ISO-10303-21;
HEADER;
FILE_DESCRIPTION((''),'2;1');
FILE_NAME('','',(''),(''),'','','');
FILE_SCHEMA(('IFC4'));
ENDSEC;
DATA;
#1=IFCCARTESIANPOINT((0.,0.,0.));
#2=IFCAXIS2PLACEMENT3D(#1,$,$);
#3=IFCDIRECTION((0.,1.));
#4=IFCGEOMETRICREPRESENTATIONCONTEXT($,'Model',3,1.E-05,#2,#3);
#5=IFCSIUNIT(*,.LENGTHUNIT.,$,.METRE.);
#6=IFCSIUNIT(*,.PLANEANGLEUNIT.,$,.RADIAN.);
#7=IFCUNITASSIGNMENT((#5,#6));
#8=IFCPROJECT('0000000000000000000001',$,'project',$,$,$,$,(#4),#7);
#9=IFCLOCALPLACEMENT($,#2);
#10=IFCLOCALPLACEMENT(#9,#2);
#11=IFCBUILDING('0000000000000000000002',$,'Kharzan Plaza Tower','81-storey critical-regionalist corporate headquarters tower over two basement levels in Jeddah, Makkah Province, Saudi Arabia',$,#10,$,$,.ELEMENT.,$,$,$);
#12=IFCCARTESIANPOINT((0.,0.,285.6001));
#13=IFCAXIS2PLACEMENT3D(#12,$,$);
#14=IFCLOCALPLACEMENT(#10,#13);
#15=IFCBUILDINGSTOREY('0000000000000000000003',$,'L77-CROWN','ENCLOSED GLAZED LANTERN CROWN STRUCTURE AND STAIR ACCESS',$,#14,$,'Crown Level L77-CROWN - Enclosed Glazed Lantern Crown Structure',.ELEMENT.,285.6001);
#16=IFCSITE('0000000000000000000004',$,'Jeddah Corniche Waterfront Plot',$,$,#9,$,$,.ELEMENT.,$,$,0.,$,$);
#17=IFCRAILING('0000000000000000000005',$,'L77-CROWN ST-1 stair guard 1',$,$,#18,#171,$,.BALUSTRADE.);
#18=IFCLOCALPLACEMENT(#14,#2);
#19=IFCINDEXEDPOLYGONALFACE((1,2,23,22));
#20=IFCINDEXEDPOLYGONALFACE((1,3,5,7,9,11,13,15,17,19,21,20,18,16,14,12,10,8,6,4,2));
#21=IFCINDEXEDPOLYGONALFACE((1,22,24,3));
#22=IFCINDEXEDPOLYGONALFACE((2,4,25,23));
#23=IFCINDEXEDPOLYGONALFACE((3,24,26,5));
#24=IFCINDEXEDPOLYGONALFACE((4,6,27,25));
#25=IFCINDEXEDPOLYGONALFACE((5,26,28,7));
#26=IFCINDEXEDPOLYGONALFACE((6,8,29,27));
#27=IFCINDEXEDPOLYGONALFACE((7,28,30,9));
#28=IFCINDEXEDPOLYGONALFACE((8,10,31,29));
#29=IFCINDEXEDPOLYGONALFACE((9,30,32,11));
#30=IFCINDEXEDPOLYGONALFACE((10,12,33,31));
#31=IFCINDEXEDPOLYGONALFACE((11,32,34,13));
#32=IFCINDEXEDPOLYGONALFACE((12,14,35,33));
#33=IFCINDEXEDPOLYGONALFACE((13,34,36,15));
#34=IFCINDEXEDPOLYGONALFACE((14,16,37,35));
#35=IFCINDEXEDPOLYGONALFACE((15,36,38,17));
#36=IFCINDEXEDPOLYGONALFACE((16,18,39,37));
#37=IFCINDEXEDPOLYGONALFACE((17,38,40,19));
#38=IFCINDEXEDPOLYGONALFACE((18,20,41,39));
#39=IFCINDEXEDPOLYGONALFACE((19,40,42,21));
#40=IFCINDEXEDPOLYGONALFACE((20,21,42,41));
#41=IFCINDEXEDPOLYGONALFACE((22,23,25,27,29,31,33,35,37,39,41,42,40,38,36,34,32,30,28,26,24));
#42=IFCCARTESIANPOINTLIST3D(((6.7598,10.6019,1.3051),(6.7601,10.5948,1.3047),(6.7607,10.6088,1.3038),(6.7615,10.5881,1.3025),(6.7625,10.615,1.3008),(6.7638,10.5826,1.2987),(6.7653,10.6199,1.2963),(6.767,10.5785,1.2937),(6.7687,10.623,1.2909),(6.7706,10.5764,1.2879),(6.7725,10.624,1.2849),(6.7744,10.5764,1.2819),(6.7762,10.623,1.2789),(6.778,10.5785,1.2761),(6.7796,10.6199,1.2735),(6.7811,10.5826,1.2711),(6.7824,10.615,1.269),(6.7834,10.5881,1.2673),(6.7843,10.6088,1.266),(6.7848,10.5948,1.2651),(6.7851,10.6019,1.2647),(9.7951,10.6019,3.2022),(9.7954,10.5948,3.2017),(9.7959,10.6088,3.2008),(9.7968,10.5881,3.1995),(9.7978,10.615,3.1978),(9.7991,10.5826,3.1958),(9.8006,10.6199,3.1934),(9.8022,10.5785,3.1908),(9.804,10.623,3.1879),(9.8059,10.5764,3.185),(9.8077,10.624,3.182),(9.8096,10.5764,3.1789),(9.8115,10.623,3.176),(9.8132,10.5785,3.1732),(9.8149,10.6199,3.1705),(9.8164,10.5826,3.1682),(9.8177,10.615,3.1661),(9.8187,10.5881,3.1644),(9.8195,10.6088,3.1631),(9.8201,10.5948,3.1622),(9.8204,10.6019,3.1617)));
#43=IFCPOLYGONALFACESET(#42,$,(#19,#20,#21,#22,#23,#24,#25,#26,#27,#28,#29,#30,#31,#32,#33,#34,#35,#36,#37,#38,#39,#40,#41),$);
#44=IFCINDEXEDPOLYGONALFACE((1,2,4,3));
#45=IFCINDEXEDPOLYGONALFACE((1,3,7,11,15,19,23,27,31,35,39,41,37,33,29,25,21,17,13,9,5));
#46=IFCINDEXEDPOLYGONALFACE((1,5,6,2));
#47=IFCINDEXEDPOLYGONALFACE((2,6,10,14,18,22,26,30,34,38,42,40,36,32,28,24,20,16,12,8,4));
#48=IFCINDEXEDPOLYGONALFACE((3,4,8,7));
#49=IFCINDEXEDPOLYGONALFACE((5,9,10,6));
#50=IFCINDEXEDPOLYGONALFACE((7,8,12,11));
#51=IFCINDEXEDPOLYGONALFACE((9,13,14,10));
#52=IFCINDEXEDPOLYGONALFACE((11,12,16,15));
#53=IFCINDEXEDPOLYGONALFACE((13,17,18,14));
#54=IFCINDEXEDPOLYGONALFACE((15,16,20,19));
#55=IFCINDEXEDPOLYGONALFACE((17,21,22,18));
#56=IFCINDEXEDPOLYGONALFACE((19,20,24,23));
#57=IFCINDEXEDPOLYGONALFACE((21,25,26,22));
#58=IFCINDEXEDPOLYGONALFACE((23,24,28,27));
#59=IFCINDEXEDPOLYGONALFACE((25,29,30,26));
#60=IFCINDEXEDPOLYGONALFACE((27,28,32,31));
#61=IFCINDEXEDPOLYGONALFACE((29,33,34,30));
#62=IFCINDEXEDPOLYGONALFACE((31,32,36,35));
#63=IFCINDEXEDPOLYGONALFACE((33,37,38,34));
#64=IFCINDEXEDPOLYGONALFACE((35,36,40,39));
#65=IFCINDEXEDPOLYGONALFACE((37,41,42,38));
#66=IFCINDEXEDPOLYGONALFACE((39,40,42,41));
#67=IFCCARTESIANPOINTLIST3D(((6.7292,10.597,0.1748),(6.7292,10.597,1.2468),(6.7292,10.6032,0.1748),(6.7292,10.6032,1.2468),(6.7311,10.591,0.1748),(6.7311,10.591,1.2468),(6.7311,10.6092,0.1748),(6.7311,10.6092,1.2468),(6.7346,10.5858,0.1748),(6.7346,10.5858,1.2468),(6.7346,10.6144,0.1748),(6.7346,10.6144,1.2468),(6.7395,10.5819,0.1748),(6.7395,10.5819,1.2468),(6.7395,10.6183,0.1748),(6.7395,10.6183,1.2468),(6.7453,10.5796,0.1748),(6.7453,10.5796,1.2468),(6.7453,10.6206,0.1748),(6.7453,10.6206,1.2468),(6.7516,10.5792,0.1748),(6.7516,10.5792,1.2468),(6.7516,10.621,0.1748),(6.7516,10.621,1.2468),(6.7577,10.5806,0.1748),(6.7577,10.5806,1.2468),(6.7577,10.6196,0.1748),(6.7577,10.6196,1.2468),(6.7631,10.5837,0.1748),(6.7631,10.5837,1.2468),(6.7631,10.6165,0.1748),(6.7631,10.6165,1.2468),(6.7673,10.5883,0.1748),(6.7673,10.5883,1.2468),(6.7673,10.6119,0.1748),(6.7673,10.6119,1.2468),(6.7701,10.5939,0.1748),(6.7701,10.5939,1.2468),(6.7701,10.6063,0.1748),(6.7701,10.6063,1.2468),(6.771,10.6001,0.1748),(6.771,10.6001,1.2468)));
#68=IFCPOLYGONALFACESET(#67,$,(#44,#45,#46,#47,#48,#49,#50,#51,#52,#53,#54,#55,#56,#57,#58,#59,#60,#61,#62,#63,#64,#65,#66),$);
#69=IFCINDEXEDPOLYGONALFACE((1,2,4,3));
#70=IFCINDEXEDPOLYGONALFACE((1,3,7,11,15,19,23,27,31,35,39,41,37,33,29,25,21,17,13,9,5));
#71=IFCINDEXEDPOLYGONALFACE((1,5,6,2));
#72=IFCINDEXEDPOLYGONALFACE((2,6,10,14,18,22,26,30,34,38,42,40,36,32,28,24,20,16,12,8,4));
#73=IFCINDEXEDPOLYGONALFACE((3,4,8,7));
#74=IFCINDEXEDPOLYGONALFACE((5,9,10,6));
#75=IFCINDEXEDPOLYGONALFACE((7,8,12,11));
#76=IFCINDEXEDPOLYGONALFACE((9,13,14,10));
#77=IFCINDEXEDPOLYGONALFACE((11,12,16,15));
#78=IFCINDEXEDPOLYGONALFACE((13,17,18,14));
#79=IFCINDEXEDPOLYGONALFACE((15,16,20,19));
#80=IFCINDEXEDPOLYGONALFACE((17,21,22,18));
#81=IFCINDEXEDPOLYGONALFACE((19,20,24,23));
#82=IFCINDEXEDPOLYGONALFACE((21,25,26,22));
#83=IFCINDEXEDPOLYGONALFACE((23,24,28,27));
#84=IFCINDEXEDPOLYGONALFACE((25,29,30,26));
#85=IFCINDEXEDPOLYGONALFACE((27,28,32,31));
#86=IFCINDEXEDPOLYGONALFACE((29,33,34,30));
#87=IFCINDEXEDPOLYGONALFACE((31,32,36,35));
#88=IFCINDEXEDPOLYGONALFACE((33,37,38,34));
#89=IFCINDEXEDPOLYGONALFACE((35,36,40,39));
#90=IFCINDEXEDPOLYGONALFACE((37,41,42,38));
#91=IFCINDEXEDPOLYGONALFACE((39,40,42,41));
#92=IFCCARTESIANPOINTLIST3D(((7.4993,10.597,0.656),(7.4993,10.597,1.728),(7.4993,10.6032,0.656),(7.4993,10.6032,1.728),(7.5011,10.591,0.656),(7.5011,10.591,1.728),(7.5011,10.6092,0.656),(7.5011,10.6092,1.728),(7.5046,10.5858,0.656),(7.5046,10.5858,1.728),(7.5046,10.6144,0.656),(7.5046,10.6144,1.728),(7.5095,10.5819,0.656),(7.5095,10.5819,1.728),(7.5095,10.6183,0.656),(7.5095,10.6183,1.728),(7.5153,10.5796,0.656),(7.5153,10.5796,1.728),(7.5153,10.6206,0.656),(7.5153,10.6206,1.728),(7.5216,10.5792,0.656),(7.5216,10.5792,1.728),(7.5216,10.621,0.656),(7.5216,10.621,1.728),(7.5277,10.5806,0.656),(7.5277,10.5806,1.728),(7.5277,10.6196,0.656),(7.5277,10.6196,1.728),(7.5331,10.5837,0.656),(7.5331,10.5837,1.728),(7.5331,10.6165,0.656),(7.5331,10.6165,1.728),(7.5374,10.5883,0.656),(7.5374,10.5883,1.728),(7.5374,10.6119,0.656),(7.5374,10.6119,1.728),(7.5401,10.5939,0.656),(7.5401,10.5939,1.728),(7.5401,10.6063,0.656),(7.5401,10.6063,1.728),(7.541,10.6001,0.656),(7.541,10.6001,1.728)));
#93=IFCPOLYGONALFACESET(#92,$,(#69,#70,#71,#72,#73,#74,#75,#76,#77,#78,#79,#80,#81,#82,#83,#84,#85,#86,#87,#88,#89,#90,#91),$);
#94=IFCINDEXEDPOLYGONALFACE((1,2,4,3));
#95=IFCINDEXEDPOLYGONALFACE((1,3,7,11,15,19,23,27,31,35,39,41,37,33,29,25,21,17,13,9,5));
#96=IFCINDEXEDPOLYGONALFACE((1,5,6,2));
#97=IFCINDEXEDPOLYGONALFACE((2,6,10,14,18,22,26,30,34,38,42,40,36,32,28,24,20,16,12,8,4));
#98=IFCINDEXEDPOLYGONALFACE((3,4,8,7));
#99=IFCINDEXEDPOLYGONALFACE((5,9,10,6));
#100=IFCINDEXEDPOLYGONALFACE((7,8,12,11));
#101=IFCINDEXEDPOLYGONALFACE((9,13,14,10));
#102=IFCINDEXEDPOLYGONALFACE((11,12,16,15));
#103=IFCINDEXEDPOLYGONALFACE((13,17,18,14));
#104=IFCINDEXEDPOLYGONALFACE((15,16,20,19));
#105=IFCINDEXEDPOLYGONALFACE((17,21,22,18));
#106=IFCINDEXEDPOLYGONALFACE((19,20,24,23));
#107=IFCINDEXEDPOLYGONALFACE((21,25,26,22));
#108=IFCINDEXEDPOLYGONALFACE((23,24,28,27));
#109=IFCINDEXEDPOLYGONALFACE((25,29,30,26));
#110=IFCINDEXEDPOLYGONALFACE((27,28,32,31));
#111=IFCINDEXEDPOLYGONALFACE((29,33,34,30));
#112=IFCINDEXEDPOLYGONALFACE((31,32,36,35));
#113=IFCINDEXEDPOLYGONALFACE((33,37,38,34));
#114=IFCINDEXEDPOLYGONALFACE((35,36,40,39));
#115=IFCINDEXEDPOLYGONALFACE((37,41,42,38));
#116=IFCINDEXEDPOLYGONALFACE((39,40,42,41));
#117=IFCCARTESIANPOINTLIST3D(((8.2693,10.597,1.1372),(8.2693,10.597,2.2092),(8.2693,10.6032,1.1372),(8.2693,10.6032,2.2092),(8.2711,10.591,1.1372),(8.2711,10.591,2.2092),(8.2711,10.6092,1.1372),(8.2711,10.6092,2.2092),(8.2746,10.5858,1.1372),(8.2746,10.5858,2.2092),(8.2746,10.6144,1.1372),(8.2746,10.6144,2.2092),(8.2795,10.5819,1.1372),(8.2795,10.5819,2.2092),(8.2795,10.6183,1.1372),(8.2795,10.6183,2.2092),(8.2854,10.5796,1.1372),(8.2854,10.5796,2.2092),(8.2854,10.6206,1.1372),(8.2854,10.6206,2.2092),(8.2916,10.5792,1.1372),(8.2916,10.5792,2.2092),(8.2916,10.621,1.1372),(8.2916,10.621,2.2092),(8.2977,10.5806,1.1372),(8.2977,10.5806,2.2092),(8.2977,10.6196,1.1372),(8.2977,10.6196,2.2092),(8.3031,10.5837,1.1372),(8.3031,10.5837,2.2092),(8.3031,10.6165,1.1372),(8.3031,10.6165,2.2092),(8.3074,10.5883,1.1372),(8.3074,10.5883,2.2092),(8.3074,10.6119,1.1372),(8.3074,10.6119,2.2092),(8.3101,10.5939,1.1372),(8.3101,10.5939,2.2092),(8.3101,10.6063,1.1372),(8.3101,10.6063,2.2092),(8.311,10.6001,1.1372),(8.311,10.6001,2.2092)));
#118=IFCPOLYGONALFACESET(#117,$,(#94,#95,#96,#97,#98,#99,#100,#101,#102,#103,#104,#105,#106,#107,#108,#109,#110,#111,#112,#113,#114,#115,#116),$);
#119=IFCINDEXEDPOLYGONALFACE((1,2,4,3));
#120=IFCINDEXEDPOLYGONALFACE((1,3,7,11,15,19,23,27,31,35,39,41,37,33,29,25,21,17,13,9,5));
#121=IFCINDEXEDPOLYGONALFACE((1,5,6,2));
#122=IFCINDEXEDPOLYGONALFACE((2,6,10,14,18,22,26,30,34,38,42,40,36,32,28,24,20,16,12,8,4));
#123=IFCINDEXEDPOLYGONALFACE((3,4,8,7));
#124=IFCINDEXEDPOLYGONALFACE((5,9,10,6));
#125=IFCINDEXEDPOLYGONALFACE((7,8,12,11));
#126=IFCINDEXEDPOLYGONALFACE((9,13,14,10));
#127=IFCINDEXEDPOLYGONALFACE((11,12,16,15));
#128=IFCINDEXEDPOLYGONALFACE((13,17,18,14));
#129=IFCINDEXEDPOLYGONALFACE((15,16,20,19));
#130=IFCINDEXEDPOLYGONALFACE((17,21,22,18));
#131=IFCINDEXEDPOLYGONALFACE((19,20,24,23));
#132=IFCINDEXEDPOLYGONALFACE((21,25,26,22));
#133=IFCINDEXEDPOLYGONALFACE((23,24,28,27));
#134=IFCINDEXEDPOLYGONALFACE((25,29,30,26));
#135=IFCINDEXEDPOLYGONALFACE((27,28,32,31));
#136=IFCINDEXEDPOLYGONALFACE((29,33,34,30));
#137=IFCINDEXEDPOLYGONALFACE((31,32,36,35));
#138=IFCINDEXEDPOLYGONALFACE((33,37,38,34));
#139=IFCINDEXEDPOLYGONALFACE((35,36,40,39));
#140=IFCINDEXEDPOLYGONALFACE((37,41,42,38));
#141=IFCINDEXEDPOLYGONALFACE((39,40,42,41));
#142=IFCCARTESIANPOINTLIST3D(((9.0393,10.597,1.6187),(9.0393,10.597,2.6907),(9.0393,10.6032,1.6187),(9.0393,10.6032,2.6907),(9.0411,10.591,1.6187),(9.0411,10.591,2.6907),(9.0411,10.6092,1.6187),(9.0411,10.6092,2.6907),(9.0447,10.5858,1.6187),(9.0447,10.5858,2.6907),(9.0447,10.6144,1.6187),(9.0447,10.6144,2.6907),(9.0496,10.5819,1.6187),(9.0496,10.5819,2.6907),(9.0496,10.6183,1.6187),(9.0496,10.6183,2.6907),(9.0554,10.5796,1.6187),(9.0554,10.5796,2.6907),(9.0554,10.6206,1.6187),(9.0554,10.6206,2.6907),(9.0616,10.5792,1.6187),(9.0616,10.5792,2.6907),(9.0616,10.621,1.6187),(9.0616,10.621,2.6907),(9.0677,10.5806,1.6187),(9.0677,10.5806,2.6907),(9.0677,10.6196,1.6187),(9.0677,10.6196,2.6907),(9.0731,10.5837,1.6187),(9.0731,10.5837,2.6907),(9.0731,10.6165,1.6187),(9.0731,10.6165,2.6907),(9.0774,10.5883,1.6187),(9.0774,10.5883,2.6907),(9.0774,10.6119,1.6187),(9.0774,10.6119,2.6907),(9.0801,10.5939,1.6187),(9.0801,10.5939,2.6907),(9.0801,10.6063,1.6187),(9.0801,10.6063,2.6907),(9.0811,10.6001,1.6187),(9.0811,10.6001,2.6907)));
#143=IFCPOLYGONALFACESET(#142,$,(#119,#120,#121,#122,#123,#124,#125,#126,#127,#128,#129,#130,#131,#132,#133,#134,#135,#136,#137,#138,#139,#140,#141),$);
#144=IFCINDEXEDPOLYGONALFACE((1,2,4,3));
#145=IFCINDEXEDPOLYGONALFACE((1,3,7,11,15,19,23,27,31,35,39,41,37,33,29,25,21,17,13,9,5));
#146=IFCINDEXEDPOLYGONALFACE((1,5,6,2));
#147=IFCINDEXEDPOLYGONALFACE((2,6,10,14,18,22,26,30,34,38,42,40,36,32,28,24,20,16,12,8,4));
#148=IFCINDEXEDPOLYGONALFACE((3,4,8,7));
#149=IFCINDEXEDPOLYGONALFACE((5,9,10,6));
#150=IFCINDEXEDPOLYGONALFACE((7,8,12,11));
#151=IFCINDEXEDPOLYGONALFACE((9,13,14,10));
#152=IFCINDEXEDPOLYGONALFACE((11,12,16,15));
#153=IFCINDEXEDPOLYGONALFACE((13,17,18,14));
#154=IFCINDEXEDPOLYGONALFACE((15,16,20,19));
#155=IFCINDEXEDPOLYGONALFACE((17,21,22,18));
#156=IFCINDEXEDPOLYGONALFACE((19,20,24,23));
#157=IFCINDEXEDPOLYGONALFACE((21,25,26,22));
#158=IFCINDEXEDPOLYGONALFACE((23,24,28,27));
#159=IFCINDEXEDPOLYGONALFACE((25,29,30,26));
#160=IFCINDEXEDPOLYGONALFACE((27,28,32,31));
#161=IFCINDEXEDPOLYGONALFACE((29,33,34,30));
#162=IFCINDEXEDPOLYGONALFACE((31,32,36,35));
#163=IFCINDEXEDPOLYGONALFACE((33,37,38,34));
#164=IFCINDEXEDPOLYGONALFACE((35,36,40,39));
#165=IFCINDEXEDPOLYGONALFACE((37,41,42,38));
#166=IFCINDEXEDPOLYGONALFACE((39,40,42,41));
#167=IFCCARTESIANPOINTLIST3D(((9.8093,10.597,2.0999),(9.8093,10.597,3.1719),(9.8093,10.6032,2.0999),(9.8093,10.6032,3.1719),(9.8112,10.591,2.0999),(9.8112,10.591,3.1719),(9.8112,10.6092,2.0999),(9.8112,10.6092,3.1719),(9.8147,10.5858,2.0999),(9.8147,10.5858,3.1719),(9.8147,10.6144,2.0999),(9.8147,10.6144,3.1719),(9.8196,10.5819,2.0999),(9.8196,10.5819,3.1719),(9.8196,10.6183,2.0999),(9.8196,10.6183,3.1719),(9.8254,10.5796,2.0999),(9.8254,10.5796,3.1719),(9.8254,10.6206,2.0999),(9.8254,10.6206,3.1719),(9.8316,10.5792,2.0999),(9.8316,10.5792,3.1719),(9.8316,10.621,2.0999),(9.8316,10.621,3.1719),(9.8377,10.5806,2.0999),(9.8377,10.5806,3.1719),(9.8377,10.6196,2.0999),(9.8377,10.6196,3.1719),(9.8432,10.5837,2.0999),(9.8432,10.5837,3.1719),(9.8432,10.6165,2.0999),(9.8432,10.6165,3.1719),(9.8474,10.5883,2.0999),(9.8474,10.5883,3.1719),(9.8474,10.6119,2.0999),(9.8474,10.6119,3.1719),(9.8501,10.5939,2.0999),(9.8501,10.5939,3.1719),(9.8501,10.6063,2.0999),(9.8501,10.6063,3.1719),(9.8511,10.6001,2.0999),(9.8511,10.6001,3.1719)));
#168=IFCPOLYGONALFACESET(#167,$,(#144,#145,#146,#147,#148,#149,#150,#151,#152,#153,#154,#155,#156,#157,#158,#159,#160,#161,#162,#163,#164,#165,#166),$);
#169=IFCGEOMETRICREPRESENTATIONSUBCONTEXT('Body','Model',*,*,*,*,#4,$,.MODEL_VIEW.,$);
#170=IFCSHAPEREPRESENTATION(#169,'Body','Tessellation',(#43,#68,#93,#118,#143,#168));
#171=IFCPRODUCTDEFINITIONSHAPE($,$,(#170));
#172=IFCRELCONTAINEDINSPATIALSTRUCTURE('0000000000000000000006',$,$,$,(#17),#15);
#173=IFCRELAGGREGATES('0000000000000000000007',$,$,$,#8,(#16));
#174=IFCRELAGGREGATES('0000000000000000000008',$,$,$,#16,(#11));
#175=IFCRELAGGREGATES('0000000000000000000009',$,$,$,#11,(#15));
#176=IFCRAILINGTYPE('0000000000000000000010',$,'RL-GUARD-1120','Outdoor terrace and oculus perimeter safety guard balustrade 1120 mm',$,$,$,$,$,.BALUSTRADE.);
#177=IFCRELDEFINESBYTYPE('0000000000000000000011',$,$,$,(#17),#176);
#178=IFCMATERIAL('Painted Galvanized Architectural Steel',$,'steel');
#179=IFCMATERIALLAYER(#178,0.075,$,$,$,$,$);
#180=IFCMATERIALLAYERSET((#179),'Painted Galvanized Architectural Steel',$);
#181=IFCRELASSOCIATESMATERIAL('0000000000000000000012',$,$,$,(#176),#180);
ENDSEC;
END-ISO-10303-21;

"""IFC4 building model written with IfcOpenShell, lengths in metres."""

from ifc_helpers import new_model, si_unit, direction, frame, origin, origin_2d, place, context, subcontext, project, spatial, circle, extrude, source, transform, mapped, material, layer, layer_set, type_object, element, save


model = new_model("IFC4")

# Units and contexts
model_context = context("Model", 3, precision=1e-05, world=origin(), true_north=direction((0.0, 1.0)))
body_context = subcontext(model_context, "Body", "Model", "MODEL_VIEW")
ifc_project = project(units=[si_unit("LENGTHUNIT", "METRE"), si_unit("PLANEANGLEUNIT", "RADIAN")], contexts=[model_context])

# Site, building, storey
site_placement = place(None, origin())
site = spatial("IfcSite", under=ifc_project, at=site_placement, Name="Jeddah Corniche Waterfront Plot", CompositionType="ELEMENT", RefElevation=0.0)
building_placement = place(site_placement, origin())
building = spatial("IfcBuilding", under=site, at=building_placement, Name="Kharzan Plaza Tower", Description="81-storey critical-regionalist corporate headquarters tower over two basement levels in Jeddah, Makkah Province, Saudi Arabia", CompositionType="ELEMENT")
storey_placement = place(building_placement, frame((0.0, 0.0, 285.6001)))
storey = spatial("IfcBuildingStorey", under=building, at=storey_placement, Name="L77-CROWN", Description="ENCLOSED GLAZED LANTERN CROWN STRUCTURE AND STAIR ACCESS", LongName="Crown Level L77-CROWN - Enclosed Glazed Lantern Crown Structure", CompositionType="ELEMENT", Elevation=285.6001)

# Railing
ifc_material_1 = material(Name="Painted Galvanized Architectural Steel", Category="steel")
ifc_layer_1 = layer(ifc_material_1, 0.075)
ifc_layer_set_1 = layer_set([ifc_layer_1], Name="Painted Galvanized Architectural Steel")
railing_type_1 = type_object("IfcRailingType", Name="RL-GUARD-1120", Description="Outdoor terrace and oculus perimeter safety guard balustrade 1120 mm", PredefinedType="BALUSTRADE", material=ifc_layer_set_1)
shared_shape_1 = source(origin(), body_context, "Body", "SweptSolid", [
    extrude(circle(Radius=0.0239, at=origin_2d()), frame((0.0225, 0.0, 1.1101), z_axis=(0.847998, 0.0, 0.529999), x_axis=(0.0, 1.0, 0.0)), (0.0, 0.0, 1.0), 3.5793),
    extrude(circle(Radius=0.021, at=origin_2d()), origin(), (0.0, 0.0, 1.0), 1.072),
    extrude(circle(Radius=0.021, at=origin_2d()), frame((0.77, 0.0, 0.4812)), (0.0, 0.0, 1.0), 1.072),
    extrude(circle(Radius=0.021, at=origin_2d()), frame((1.54, 0.0, 0.9624)), (0.0, 0.0, 1.0), 1.072),
    extrude(circle(Radius=0.021, at=origin_2d()), frame((2.3101, 0.0, 1.4438)), (0.0, 0.0, 1.0), 1.072),
    extrude(circle(Radius=0.021, at=origin_2d()), frame((3.0801, 0.0, 1.925)), (0.0, 0.0, 1.0), 1.072),
])
railing_1_placement = place(storey_placement, frame((6.75, 10.6001, 0.1748)))
element("IfcRailing", 1, at=railing_1_placement, inside=storey, type_object=railing_type_1, Name="L77-CROWN ST-1 stair guard 1", PredefinedType="BALUSTRADE", context=body_context, shape_type="MappedRepresentation", body=[
    mapped(shared_shape_1, transform((0.0, 0.0, 0.0), x_axis=(1.0, 0.0, 0.0), y_axis=(0.0, 1.0, 0.0), z_axis=(0.0, 0.0, 1.0))),
])

save(model, "model.ifc")
